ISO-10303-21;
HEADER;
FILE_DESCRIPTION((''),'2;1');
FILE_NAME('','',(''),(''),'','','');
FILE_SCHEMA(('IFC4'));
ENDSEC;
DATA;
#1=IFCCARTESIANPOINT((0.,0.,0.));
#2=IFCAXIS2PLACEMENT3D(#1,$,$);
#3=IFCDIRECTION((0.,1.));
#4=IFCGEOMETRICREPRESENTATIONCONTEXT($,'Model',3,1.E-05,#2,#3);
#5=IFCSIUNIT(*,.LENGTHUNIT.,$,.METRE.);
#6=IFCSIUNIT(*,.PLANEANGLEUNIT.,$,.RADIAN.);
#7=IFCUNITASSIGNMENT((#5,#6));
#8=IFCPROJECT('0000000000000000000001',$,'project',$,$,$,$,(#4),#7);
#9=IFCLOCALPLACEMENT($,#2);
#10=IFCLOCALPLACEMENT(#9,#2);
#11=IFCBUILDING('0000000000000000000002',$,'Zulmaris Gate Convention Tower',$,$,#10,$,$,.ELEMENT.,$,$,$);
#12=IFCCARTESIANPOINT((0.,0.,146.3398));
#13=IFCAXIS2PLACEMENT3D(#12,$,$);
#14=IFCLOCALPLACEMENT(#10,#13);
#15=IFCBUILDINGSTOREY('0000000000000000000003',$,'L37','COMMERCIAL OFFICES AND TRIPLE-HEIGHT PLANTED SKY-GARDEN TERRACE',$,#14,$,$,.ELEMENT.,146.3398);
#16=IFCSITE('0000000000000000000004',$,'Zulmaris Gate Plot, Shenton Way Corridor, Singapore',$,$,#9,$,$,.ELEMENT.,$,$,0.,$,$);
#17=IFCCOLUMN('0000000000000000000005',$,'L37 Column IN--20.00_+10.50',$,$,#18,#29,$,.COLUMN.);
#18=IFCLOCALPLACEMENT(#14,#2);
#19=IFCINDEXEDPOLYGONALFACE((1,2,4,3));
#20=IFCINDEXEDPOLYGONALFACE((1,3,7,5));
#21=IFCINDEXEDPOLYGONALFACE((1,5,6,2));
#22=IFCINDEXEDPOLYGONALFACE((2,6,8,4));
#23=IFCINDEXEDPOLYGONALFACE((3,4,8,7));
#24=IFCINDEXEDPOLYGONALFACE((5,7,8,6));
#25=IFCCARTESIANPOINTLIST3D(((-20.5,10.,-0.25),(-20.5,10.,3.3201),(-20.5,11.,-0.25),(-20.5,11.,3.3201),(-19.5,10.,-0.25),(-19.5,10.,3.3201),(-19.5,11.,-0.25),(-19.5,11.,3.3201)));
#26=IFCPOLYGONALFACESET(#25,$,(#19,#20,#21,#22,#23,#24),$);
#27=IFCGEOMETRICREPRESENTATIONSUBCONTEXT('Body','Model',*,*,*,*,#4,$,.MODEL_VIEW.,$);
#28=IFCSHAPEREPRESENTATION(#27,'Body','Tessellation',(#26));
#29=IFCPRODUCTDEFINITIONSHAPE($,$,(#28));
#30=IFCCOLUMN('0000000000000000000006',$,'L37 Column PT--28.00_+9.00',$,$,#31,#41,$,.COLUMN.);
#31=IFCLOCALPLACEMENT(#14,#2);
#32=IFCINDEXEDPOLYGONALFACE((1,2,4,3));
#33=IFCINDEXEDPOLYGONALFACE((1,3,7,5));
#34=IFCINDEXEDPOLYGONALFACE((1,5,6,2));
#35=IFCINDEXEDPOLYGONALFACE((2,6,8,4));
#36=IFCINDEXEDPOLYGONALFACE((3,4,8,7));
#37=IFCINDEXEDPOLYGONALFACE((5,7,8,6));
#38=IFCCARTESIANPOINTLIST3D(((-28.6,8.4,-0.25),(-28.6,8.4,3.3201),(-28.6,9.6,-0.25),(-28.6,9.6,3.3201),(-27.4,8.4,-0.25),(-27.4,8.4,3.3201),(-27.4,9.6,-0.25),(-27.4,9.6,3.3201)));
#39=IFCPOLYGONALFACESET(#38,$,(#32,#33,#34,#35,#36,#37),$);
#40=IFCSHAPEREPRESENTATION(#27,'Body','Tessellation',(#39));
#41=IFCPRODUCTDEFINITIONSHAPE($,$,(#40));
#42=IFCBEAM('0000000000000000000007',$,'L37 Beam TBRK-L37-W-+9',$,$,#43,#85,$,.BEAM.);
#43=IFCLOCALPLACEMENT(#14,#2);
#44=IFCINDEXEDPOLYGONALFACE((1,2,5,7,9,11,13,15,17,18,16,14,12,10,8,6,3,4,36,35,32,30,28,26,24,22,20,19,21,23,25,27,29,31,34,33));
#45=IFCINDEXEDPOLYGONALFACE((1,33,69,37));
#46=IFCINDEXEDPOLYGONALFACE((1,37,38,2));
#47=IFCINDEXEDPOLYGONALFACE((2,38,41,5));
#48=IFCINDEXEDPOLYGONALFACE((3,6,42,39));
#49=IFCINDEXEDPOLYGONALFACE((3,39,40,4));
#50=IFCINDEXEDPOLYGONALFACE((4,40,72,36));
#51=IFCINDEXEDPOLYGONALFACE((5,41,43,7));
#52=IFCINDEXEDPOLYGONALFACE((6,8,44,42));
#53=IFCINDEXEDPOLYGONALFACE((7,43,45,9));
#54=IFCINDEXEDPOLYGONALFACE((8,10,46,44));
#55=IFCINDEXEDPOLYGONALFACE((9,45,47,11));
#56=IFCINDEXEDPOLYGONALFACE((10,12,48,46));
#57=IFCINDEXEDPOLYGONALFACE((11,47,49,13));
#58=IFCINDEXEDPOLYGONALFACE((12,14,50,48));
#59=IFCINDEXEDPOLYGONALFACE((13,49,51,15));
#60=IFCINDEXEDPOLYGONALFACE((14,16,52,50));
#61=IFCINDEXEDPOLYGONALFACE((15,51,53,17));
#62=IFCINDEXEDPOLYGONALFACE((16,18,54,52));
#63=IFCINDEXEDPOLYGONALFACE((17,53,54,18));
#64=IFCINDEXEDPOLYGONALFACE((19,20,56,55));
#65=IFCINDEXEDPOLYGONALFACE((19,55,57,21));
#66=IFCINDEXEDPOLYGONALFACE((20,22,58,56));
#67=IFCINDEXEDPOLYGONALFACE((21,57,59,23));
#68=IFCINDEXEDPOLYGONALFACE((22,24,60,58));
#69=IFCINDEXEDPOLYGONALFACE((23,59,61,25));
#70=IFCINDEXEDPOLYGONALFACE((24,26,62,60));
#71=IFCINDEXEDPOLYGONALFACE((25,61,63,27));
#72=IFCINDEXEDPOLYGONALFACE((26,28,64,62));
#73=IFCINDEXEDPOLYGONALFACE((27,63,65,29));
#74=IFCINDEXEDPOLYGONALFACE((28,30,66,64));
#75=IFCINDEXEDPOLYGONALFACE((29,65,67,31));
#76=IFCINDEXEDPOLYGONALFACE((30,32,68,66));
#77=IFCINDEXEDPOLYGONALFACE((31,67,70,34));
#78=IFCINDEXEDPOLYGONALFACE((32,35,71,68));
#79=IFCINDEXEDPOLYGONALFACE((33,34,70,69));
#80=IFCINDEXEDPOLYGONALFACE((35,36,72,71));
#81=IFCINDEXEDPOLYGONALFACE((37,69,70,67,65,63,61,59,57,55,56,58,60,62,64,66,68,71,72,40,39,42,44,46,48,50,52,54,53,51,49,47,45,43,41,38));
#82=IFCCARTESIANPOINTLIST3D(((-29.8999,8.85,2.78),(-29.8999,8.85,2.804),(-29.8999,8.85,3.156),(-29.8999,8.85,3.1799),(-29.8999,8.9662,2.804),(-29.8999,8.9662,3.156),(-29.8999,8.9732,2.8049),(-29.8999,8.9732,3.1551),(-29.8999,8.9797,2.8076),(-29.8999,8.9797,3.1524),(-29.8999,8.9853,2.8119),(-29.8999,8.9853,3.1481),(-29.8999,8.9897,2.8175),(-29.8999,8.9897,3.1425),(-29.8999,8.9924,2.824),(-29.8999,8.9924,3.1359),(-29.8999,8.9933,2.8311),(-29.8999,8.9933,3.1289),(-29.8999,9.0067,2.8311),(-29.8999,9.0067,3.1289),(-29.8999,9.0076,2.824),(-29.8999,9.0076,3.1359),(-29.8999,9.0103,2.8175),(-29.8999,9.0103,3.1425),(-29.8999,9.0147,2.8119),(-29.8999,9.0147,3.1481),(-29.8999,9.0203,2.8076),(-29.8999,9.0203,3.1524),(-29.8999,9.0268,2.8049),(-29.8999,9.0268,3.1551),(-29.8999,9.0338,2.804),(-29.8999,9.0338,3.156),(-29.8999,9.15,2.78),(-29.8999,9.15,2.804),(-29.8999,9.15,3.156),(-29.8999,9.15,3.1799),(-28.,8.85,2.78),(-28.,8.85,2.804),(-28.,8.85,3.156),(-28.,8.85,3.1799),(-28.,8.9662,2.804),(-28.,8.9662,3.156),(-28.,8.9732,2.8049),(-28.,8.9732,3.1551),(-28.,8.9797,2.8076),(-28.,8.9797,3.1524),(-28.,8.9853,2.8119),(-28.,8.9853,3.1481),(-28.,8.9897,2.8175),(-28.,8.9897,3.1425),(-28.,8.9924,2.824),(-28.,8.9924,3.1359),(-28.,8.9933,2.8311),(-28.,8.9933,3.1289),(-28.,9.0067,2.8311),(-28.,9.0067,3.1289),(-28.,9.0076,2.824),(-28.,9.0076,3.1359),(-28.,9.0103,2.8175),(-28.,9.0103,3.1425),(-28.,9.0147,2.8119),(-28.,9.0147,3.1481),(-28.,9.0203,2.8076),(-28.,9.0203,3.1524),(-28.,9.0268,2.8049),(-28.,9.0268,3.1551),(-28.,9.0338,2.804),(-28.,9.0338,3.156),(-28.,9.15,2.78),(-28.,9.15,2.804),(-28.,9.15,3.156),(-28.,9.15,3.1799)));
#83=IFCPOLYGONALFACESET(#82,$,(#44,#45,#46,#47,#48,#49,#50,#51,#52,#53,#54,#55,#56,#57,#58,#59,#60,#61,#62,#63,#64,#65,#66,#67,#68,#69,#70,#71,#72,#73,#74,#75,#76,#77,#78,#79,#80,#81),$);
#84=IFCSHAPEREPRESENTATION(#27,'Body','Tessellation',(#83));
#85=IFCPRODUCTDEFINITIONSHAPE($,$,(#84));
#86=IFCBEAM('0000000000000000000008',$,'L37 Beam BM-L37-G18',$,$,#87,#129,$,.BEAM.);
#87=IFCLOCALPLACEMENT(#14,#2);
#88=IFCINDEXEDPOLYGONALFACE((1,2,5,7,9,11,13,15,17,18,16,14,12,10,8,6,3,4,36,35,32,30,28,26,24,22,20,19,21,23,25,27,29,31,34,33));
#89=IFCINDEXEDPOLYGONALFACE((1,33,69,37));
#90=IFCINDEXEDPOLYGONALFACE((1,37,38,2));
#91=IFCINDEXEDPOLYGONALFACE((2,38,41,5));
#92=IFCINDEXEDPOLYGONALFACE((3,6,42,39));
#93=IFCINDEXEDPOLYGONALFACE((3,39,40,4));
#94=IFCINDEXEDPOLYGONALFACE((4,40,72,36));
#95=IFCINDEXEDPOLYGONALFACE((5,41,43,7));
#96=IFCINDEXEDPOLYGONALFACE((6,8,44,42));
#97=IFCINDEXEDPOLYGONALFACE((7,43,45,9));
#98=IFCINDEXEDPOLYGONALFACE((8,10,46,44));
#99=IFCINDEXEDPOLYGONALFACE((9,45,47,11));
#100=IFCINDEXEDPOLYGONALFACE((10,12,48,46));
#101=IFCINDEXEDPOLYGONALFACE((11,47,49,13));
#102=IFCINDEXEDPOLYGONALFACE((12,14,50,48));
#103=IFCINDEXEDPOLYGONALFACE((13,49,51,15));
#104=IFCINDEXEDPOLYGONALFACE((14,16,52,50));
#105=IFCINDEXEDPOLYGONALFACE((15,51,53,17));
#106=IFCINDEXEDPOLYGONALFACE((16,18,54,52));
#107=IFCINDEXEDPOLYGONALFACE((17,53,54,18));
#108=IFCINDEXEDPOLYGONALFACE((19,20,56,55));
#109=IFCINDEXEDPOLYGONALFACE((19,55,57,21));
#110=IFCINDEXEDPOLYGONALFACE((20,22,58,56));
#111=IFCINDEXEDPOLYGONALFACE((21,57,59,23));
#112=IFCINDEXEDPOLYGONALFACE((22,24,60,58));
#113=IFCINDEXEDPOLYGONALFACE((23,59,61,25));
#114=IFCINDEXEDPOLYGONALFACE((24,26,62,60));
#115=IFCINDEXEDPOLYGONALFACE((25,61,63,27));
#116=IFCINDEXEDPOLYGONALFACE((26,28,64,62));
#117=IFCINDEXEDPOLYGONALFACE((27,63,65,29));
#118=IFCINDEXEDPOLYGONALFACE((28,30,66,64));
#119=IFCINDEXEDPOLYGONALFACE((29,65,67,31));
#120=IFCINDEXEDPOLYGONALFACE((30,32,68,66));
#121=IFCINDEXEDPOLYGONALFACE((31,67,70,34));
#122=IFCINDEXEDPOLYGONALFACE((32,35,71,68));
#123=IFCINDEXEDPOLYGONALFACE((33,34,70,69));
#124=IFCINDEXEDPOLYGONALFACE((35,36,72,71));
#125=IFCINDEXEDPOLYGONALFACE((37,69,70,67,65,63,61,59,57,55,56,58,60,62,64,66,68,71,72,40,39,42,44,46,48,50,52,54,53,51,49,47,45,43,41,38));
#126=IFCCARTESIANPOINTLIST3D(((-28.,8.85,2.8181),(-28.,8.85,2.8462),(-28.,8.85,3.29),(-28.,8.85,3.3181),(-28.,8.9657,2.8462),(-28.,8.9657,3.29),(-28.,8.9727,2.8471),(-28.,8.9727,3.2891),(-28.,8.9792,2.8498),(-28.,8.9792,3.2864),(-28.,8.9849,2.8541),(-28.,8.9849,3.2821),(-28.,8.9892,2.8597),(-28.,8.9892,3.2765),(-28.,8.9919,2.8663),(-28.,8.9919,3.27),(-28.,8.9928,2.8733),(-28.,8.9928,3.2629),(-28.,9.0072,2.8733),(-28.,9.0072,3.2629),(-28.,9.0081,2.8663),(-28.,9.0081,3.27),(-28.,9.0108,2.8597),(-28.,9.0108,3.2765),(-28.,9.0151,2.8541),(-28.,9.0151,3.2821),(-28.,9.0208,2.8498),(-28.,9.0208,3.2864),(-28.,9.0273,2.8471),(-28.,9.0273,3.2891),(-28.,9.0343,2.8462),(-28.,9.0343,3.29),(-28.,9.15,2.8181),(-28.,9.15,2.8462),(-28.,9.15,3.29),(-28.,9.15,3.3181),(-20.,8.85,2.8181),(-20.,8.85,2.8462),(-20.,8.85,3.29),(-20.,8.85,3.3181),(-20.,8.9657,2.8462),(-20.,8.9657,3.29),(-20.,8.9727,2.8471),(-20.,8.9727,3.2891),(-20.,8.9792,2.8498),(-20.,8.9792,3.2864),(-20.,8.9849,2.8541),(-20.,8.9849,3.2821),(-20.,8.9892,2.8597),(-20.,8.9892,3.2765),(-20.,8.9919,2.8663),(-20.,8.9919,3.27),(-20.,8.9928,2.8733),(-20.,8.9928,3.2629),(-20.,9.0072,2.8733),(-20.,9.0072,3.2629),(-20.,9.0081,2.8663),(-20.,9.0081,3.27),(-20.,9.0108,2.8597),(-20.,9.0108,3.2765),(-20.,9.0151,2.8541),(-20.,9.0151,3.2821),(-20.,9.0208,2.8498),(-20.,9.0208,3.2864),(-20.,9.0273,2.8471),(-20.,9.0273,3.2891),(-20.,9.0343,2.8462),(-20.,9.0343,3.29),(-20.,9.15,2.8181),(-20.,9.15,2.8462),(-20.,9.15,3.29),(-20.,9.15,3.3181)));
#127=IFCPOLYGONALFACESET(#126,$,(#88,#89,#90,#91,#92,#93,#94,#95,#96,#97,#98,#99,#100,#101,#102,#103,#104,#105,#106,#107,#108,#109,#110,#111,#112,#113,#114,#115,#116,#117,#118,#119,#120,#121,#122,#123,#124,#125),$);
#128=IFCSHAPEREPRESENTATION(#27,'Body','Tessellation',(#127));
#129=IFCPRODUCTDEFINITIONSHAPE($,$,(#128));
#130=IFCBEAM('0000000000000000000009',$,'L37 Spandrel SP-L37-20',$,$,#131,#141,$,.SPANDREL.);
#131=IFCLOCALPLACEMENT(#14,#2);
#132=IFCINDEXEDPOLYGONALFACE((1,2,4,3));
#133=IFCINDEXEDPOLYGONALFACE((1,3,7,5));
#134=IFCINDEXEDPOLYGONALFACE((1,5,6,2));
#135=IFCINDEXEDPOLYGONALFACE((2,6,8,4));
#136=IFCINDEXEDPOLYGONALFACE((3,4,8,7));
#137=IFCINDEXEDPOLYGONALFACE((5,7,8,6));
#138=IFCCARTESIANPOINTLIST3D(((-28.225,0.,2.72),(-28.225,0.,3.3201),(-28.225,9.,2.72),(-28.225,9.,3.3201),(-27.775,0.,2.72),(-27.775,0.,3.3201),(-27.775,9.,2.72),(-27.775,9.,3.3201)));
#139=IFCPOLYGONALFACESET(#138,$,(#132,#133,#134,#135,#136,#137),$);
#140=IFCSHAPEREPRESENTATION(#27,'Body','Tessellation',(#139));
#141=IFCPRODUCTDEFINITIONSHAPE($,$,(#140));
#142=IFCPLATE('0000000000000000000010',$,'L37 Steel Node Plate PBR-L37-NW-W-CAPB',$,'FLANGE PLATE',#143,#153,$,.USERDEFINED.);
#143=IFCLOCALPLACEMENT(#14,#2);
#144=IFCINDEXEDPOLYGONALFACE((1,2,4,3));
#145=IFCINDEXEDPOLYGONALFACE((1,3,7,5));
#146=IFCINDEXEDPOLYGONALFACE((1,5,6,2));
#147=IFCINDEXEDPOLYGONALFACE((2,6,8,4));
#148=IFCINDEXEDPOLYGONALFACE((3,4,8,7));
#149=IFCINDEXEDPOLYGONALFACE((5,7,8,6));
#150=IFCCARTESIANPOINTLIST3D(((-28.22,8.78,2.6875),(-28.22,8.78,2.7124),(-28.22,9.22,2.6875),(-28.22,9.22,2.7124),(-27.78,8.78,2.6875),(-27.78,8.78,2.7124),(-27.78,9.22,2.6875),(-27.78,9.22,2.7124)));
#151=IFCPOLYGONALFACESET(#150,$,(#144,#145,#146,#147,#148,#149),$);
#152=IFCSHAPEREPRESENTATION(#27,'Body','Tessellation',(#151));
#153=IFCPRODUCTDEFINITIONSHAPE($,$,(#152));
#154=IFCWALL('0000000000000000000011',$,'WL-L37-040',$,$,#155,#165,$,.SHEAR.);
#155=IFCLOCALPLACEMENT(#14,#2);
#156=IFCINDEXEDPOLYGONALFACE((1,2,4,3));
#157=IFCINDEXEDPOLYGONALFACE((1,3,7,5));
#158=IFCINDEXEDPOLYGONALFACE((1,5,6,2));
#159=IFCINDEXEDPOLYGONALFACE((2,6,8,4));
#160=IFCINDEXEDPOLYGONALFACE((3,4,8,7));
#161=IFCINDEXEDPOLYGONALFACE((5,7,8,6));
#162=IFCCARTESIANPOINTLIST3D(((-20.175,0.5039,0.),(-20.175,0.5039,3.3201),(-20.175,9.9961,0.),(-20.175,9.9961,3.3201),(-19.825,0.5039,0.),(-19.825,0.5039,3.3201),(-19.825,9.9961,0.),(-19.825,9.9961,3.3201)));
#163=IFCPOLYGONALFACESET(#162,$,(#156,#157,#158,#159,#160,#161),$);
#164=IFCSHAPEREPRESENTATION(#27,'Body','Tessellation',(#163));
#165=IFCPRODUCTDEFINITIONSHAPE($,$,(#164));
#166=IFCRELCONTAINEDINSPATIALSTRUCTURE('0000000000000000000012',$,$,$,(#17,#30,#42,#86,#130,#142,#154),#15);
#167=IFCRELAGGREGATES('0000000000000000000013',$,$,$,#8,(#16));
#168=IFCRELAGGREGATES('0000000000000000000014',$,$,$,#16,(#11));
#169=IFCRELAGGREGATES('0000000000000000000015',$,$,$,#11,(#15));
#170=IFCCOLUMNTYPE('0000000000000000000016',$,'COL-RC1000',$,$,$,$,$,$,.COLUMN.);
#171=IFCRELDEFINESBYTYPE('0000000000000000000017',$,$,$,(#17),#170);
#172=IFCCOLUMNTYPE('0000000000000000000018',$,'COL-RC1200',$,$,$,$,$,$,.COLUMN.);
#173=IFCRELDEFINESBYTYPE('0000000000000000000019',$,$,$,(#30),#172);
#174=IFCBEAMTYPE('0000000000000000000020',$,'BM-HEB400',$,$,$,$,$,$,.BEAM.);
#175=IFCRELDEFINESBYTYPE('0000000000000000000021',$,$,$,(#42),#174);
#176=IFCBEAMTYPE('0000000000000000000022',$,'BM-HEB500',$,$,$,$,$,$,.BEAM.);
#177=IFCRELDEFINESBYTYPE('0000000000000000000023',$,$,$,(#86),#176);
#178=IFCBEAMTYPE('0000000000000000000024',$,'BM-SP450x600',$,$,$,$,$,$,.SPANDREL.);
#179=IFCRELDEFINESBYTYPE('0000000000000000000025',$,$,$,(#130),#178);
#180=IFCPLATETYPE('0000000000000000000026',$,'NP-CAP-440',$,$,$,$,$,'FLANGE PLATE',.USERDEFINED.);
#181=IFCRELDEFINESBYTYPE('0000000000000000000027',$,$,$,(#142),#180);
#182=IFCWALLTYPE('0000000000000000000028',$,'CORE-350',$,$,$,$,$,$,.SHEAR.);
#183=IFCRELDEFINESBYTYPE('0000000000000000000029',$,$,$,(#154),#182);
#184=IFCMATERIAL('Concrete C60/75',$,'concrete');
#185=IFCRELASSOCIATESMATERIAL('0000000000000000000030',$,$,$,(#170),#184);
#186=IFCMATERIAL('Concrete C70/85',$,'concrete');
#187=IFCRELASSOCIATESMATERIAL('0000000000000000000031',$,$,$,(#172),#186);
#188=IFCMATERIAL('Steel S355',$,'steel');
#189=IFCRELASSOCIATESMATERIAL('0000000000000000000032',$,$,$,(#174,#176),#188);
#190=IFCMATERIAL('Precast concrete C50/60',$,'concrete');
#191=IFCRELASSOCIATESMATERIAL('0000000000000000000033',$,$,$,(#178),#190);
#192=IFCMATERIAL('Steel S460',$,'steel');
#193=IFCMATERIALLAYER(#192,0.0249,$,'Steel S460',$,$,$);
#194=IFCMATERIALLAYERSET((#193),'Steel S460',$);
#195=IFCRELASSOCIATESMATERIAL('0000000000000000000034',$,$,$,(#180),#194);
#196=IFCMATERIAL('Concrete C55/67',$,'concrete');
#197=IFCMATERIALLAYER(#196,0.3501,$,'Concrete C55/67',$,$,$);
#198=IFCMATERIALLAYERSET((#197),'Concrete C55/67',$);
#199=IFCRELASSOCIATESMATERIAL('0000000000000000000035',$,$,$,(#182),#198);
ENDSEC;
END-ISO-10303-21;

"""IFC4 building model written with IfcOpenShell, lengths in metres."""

from ifc_helpers import new_model, si_unit, direction, frame, frame_2d, origin, origin_2d, place, context, subcontext, project, spatial, rectangle, i_section, extrude, material, layer, layer_set, material_profile, profile_set, type_object, element, save


model = new_model("IFC4")

# Units and contexts
model_context = context("Model", 3, precision=1e-05, world=origin(), true_north=direction((0.0, 1.0)))
body_context = subcontext(model_context, "Body", "Model", "MODEL_VIEW")
ifc_project = project(units=[si_unit("LENGTHUNIT", "METRE"), si_unit("PLANEANGLEUNIT", "RADIAN")], contexts=[model_context])

# Site, building, storey
site_placement = place(None, origin())
site = spatial("IfcSite", under=ifc_project, at=site_placement, Name="Zulmaris Gate Plot, Shenton Way Corridor, Singapore", CompositionType="ELEMENT", RefElevation=0.0)
building_placement = place(site_placement, origin())
building = spatial("IfcBuilding", under=site, at=building_placement, Name="Zulmaris Gate Convention Tower", CompositionType="ELEMENT")
storey_placement = place(building_placement, frame((0.0, 0.0, 146.3398)))
storey = spatial("IfcBuildingStorey", under=building, at=storey_placement, Name="L37", Description="COMMERCIAL OFFICES AND TRIPLE-HEIGHT PLANTED SKY-GARDEN TERRACE", CompositionType="ELEMENT", Elevation=146.3398)

# Columns
ifc_material_1 = material(Name="Concrete C60/75", Category="concrete")
ifc_material_profile_1 = material_profile(ifc_material_1, rectangle(XDim=1.0, YDim=1.0, at=origin_2d()), Name="RC COL 1000x1000")
ifc_profile_set_1 = profile_set([ifc_material_profile_1], Name="Concrete C60/75")
column_type_1 = type_object("IfcColumnType", Name="COL-RC1000", PredefinedType="COLUMN", material=ifc_profile_set_1)
column_1_placement = place(storey_placement, frame((-20.0, 10.5, -0.25), z_axis=(0.0, 0.0, 1.0), x_axis=(1.0, 0.0, 0.0)))
element("IfcColumn", 1, at=column_1_placement, inside=storey, type_object=column_type_1, Name="L37 Column IN--20.00_+10.50", PredefinedType="COLUMN", context=body_context, shape_type="SweptSolid", body=[
    extrude(rectangle(XDim=1.0, YDim=1.0, at=origin_2d()), origin(), (0.0, 0.0, 1.0), 3.5701),
])
ifc_material_2 = material(Name="Concrete C70/85", Category="concrete")
ifc_material_profile_2 = material_profile(ifc_material_2, rectangle(XDim=1.2, YDim=1.2, at=origin_2d()), Name="RC COL 1200x1200")
ifc_profile_set_2 = profile_set([ifc_material_profile_2], Name="Concrete C70/85")
column_type_2 = type_object("IfcColumnType", Name="COL-RC1200", PredefinedType="COLUMN", material=ifc_profile_set_2)
column_2_placement = place(storey_placement, frame((-28.0, 9.0, -0.25), z_axis=(0.0, 0.0, 1.0), x_axis=(1.0, 0.0, 0.0)))
element("IfcColumn", 2, at=column_2_placement, inside=storey, type_object=column_type_2, Name="L37 Column PT--28.00_+9.00", PredefinedType="COLUMN", context=body_context, shape_type="SweptSolid", body=[
    extrude(rectangle(XDim=1.2, YDim=1.2, at=origin_2d()), origin(), (0.0, 0.0, 1.0), 3.5701),
])

# Beams
ifc_material_3 = material(Name="Steel S355", Category="steel")
ifc_material_profile_3 = material_profile(ifc_material_3, i_section(OverallWidth=0.3, OverallDepth=0.3999, WebThickness=0.0134, FlangeThickness=0.0239, FilletRadius=0.0271, at=origin_2d()), Name="HEB 400")
ifc_profile_set_3 = profile_set([ifc_material_profile_3], Name="Steel S355")
beam_type_1 = type_object("IfcBeamType", Name="BM-HEB400", PredefinedType="BEAM", material=ifc_profile_set_3)
beam_1_placement = place(storey_placement, frame((-29.8999, 9.0, 2.98), z_axis=(1.0, 0.0, 0.0), x_axis=(0.0, 1.0, 0.0)))
element("IfcBeam", 3, at=beam_1_placement, inside=storey, type_object=beam_type_1, Name="L37 Beam TBRK-L37-W-+9", PredefinedType="BEAM", context=body_context, shape_type="SweptSolid", body=[
    extrude(i_section(OverallWidth=0.3, OverallDepth=0.3999, WebThickness=0.0134, FlangeThickness=0.0239, FilletRadius=0.0271, at=origin_2d()), origin(), (0.0, 0.0, 1.0), 1.8999),
])
ifc_material_profile_4 = material_profile(ifc_material_3, i_section(OverallWidth=0.3, OverallDepth=0.5, WebThickness=0.0144, FlangeThickness=0.0281, FilletRadius=0.0271, at=origin_2d()), Name="HEB 500")
ifc_profile_set_4 = profile_set([ifc_material_profile_4], Name="Steel S355")
beam_type_2 = type_object("IfcBeamType", Name="BM-HEB500", PredefinedType="BEAM", material=ifc_profile_set_4)
beam_2_placement = place(storey_placement, frame((-28.0, 9.0, 3.0681), z_axis=(1.0, 0.0, 0.0), x_axis=(0.0, 1.0, 0.0)))
element("IfcBeam", 4, at=beam_2_placement, inside=storey, type_object=beam_type_2, Name="L37 Beam BM-L37-G18", PredefinedType="BEAM", context=body_context, shape_type="SweptSolid", body=[
    extrude(i_section(OverallWidth=0.3, OverallDepth=0.5, WebThickness=0.0144, FlangeThickness=0.0281, FilletRadius=0.0271, at=origin_2d()), origin(), (0.0, 0.0, 1.0), 8.0),
])
ifc_material_4 = material(Name="Precast concrete C50/60", Category="concrete")
ifc_material_profile_5 = material_profile(ifc_material_4, rectangle(XDim=0.45, YDim=0.6001, at=origin_2d()), Name="RC SPANDREL 450x600")
ifc_profile_set_5 = profile_set([ifc_material_profile_5], Name="Precast concrete C50/60")
beam_type_3 = type_object("IfcBeamType", Name="BM-SP450x600", PredefinedType="SPANDREL", material=ifc_profile_set_5)
beam_3_placement = place(storey_placement, frame((-28.0, 9.0, 3.02), z_axis=(0.0, -1.0, 0.0), x_axis=(1.0, 0.0, 0.0)))
element("IfcBeam", 5, at=beam_3_placement, inside=storey, type_object=beam_type_3, Name="L37 Spandrel SP-L37-20", PredefinedType="SPANDREL", context=body_context, shape_type="SweptSolid", body=[
    extrude(rectangle(XDim=0.45, YDim=0.6001, at=origin_2d()), origin(), (0.0, 0.0, 1.0), 9.0),
])

# Plate
ifc_material_5 = material(Name="Steel S460", Category="steel")
ifc_layer_1 = layer(ifc_material_5, 0.0249, Name="Steel S460")
ifc_layer_set_1 = layer_set([ifc_layer_1], Name="Steel S460")
plate_type = type_object("IfcPlateType", Name="NP-CAP-440", ElementType="FLANGE PLATE", PredefinedType="USERDEFINED", material=ifc_layer_set_1)
plate_placement = place(storey_placement, frame((-28.0, 9.0, 2.6875), z_axis=(0.0, 0.0, 1.0), x_axis=(1.0, 0.0, 0.0)))
element("IfcPlate", 6, at=plate_placement, inside=storey, type_object=plate_type, Name="L37 Steel Node Plate PBR-L37-NW-W-CAPB", ObjectType="FLANGE PLATE", PredefinedType="USERDEFINED", context=body_context, shape_type="SweptSolid", body=[
    extrude(rectangle(XDim=0.4399, YDim=0.4399, at=origin_2d()), origin(), (0.0, 0.0, 1.0), 0.0249),
])

# Wall
ifc_material_6 = material(Name="Concrete C55/67", Category="concrete")
ifc_layer_2 = layer(ifc_material_6, 0.3501, Name="Concrete C55/67")
ifc_layer_set_2 = layer_set([ifc_layer_2], Name="Concrete C55/67")
wall_type_1 = type_object("IfcWallType", Name="CORE-350", PredefinedType="SHEAR", material=ifc_layer_set_2)
wall_1_placement = place(storey_placement, frame((-20.0, 0.5039, 0.0), z_axis=(0.0, 0.0, 1.0), x_axis=(0.0, 1.0, 0.0)))
element("IfcWall", 7, at=wall_1_placement, inside=storey, type_object=wall_type_1, Name="WL-L37-040", PredefinedType="SHEAR", context=body_context, shape_type="SweptSolid", body=[
    extrude(rectangle(XDim=9.4922, YDim=0.3501, at=frame_2d((4.7461, 0.0))), origin(), (0.0, 0.0, 1.0), 3.3201),
])

save(model, "model.ifc")
